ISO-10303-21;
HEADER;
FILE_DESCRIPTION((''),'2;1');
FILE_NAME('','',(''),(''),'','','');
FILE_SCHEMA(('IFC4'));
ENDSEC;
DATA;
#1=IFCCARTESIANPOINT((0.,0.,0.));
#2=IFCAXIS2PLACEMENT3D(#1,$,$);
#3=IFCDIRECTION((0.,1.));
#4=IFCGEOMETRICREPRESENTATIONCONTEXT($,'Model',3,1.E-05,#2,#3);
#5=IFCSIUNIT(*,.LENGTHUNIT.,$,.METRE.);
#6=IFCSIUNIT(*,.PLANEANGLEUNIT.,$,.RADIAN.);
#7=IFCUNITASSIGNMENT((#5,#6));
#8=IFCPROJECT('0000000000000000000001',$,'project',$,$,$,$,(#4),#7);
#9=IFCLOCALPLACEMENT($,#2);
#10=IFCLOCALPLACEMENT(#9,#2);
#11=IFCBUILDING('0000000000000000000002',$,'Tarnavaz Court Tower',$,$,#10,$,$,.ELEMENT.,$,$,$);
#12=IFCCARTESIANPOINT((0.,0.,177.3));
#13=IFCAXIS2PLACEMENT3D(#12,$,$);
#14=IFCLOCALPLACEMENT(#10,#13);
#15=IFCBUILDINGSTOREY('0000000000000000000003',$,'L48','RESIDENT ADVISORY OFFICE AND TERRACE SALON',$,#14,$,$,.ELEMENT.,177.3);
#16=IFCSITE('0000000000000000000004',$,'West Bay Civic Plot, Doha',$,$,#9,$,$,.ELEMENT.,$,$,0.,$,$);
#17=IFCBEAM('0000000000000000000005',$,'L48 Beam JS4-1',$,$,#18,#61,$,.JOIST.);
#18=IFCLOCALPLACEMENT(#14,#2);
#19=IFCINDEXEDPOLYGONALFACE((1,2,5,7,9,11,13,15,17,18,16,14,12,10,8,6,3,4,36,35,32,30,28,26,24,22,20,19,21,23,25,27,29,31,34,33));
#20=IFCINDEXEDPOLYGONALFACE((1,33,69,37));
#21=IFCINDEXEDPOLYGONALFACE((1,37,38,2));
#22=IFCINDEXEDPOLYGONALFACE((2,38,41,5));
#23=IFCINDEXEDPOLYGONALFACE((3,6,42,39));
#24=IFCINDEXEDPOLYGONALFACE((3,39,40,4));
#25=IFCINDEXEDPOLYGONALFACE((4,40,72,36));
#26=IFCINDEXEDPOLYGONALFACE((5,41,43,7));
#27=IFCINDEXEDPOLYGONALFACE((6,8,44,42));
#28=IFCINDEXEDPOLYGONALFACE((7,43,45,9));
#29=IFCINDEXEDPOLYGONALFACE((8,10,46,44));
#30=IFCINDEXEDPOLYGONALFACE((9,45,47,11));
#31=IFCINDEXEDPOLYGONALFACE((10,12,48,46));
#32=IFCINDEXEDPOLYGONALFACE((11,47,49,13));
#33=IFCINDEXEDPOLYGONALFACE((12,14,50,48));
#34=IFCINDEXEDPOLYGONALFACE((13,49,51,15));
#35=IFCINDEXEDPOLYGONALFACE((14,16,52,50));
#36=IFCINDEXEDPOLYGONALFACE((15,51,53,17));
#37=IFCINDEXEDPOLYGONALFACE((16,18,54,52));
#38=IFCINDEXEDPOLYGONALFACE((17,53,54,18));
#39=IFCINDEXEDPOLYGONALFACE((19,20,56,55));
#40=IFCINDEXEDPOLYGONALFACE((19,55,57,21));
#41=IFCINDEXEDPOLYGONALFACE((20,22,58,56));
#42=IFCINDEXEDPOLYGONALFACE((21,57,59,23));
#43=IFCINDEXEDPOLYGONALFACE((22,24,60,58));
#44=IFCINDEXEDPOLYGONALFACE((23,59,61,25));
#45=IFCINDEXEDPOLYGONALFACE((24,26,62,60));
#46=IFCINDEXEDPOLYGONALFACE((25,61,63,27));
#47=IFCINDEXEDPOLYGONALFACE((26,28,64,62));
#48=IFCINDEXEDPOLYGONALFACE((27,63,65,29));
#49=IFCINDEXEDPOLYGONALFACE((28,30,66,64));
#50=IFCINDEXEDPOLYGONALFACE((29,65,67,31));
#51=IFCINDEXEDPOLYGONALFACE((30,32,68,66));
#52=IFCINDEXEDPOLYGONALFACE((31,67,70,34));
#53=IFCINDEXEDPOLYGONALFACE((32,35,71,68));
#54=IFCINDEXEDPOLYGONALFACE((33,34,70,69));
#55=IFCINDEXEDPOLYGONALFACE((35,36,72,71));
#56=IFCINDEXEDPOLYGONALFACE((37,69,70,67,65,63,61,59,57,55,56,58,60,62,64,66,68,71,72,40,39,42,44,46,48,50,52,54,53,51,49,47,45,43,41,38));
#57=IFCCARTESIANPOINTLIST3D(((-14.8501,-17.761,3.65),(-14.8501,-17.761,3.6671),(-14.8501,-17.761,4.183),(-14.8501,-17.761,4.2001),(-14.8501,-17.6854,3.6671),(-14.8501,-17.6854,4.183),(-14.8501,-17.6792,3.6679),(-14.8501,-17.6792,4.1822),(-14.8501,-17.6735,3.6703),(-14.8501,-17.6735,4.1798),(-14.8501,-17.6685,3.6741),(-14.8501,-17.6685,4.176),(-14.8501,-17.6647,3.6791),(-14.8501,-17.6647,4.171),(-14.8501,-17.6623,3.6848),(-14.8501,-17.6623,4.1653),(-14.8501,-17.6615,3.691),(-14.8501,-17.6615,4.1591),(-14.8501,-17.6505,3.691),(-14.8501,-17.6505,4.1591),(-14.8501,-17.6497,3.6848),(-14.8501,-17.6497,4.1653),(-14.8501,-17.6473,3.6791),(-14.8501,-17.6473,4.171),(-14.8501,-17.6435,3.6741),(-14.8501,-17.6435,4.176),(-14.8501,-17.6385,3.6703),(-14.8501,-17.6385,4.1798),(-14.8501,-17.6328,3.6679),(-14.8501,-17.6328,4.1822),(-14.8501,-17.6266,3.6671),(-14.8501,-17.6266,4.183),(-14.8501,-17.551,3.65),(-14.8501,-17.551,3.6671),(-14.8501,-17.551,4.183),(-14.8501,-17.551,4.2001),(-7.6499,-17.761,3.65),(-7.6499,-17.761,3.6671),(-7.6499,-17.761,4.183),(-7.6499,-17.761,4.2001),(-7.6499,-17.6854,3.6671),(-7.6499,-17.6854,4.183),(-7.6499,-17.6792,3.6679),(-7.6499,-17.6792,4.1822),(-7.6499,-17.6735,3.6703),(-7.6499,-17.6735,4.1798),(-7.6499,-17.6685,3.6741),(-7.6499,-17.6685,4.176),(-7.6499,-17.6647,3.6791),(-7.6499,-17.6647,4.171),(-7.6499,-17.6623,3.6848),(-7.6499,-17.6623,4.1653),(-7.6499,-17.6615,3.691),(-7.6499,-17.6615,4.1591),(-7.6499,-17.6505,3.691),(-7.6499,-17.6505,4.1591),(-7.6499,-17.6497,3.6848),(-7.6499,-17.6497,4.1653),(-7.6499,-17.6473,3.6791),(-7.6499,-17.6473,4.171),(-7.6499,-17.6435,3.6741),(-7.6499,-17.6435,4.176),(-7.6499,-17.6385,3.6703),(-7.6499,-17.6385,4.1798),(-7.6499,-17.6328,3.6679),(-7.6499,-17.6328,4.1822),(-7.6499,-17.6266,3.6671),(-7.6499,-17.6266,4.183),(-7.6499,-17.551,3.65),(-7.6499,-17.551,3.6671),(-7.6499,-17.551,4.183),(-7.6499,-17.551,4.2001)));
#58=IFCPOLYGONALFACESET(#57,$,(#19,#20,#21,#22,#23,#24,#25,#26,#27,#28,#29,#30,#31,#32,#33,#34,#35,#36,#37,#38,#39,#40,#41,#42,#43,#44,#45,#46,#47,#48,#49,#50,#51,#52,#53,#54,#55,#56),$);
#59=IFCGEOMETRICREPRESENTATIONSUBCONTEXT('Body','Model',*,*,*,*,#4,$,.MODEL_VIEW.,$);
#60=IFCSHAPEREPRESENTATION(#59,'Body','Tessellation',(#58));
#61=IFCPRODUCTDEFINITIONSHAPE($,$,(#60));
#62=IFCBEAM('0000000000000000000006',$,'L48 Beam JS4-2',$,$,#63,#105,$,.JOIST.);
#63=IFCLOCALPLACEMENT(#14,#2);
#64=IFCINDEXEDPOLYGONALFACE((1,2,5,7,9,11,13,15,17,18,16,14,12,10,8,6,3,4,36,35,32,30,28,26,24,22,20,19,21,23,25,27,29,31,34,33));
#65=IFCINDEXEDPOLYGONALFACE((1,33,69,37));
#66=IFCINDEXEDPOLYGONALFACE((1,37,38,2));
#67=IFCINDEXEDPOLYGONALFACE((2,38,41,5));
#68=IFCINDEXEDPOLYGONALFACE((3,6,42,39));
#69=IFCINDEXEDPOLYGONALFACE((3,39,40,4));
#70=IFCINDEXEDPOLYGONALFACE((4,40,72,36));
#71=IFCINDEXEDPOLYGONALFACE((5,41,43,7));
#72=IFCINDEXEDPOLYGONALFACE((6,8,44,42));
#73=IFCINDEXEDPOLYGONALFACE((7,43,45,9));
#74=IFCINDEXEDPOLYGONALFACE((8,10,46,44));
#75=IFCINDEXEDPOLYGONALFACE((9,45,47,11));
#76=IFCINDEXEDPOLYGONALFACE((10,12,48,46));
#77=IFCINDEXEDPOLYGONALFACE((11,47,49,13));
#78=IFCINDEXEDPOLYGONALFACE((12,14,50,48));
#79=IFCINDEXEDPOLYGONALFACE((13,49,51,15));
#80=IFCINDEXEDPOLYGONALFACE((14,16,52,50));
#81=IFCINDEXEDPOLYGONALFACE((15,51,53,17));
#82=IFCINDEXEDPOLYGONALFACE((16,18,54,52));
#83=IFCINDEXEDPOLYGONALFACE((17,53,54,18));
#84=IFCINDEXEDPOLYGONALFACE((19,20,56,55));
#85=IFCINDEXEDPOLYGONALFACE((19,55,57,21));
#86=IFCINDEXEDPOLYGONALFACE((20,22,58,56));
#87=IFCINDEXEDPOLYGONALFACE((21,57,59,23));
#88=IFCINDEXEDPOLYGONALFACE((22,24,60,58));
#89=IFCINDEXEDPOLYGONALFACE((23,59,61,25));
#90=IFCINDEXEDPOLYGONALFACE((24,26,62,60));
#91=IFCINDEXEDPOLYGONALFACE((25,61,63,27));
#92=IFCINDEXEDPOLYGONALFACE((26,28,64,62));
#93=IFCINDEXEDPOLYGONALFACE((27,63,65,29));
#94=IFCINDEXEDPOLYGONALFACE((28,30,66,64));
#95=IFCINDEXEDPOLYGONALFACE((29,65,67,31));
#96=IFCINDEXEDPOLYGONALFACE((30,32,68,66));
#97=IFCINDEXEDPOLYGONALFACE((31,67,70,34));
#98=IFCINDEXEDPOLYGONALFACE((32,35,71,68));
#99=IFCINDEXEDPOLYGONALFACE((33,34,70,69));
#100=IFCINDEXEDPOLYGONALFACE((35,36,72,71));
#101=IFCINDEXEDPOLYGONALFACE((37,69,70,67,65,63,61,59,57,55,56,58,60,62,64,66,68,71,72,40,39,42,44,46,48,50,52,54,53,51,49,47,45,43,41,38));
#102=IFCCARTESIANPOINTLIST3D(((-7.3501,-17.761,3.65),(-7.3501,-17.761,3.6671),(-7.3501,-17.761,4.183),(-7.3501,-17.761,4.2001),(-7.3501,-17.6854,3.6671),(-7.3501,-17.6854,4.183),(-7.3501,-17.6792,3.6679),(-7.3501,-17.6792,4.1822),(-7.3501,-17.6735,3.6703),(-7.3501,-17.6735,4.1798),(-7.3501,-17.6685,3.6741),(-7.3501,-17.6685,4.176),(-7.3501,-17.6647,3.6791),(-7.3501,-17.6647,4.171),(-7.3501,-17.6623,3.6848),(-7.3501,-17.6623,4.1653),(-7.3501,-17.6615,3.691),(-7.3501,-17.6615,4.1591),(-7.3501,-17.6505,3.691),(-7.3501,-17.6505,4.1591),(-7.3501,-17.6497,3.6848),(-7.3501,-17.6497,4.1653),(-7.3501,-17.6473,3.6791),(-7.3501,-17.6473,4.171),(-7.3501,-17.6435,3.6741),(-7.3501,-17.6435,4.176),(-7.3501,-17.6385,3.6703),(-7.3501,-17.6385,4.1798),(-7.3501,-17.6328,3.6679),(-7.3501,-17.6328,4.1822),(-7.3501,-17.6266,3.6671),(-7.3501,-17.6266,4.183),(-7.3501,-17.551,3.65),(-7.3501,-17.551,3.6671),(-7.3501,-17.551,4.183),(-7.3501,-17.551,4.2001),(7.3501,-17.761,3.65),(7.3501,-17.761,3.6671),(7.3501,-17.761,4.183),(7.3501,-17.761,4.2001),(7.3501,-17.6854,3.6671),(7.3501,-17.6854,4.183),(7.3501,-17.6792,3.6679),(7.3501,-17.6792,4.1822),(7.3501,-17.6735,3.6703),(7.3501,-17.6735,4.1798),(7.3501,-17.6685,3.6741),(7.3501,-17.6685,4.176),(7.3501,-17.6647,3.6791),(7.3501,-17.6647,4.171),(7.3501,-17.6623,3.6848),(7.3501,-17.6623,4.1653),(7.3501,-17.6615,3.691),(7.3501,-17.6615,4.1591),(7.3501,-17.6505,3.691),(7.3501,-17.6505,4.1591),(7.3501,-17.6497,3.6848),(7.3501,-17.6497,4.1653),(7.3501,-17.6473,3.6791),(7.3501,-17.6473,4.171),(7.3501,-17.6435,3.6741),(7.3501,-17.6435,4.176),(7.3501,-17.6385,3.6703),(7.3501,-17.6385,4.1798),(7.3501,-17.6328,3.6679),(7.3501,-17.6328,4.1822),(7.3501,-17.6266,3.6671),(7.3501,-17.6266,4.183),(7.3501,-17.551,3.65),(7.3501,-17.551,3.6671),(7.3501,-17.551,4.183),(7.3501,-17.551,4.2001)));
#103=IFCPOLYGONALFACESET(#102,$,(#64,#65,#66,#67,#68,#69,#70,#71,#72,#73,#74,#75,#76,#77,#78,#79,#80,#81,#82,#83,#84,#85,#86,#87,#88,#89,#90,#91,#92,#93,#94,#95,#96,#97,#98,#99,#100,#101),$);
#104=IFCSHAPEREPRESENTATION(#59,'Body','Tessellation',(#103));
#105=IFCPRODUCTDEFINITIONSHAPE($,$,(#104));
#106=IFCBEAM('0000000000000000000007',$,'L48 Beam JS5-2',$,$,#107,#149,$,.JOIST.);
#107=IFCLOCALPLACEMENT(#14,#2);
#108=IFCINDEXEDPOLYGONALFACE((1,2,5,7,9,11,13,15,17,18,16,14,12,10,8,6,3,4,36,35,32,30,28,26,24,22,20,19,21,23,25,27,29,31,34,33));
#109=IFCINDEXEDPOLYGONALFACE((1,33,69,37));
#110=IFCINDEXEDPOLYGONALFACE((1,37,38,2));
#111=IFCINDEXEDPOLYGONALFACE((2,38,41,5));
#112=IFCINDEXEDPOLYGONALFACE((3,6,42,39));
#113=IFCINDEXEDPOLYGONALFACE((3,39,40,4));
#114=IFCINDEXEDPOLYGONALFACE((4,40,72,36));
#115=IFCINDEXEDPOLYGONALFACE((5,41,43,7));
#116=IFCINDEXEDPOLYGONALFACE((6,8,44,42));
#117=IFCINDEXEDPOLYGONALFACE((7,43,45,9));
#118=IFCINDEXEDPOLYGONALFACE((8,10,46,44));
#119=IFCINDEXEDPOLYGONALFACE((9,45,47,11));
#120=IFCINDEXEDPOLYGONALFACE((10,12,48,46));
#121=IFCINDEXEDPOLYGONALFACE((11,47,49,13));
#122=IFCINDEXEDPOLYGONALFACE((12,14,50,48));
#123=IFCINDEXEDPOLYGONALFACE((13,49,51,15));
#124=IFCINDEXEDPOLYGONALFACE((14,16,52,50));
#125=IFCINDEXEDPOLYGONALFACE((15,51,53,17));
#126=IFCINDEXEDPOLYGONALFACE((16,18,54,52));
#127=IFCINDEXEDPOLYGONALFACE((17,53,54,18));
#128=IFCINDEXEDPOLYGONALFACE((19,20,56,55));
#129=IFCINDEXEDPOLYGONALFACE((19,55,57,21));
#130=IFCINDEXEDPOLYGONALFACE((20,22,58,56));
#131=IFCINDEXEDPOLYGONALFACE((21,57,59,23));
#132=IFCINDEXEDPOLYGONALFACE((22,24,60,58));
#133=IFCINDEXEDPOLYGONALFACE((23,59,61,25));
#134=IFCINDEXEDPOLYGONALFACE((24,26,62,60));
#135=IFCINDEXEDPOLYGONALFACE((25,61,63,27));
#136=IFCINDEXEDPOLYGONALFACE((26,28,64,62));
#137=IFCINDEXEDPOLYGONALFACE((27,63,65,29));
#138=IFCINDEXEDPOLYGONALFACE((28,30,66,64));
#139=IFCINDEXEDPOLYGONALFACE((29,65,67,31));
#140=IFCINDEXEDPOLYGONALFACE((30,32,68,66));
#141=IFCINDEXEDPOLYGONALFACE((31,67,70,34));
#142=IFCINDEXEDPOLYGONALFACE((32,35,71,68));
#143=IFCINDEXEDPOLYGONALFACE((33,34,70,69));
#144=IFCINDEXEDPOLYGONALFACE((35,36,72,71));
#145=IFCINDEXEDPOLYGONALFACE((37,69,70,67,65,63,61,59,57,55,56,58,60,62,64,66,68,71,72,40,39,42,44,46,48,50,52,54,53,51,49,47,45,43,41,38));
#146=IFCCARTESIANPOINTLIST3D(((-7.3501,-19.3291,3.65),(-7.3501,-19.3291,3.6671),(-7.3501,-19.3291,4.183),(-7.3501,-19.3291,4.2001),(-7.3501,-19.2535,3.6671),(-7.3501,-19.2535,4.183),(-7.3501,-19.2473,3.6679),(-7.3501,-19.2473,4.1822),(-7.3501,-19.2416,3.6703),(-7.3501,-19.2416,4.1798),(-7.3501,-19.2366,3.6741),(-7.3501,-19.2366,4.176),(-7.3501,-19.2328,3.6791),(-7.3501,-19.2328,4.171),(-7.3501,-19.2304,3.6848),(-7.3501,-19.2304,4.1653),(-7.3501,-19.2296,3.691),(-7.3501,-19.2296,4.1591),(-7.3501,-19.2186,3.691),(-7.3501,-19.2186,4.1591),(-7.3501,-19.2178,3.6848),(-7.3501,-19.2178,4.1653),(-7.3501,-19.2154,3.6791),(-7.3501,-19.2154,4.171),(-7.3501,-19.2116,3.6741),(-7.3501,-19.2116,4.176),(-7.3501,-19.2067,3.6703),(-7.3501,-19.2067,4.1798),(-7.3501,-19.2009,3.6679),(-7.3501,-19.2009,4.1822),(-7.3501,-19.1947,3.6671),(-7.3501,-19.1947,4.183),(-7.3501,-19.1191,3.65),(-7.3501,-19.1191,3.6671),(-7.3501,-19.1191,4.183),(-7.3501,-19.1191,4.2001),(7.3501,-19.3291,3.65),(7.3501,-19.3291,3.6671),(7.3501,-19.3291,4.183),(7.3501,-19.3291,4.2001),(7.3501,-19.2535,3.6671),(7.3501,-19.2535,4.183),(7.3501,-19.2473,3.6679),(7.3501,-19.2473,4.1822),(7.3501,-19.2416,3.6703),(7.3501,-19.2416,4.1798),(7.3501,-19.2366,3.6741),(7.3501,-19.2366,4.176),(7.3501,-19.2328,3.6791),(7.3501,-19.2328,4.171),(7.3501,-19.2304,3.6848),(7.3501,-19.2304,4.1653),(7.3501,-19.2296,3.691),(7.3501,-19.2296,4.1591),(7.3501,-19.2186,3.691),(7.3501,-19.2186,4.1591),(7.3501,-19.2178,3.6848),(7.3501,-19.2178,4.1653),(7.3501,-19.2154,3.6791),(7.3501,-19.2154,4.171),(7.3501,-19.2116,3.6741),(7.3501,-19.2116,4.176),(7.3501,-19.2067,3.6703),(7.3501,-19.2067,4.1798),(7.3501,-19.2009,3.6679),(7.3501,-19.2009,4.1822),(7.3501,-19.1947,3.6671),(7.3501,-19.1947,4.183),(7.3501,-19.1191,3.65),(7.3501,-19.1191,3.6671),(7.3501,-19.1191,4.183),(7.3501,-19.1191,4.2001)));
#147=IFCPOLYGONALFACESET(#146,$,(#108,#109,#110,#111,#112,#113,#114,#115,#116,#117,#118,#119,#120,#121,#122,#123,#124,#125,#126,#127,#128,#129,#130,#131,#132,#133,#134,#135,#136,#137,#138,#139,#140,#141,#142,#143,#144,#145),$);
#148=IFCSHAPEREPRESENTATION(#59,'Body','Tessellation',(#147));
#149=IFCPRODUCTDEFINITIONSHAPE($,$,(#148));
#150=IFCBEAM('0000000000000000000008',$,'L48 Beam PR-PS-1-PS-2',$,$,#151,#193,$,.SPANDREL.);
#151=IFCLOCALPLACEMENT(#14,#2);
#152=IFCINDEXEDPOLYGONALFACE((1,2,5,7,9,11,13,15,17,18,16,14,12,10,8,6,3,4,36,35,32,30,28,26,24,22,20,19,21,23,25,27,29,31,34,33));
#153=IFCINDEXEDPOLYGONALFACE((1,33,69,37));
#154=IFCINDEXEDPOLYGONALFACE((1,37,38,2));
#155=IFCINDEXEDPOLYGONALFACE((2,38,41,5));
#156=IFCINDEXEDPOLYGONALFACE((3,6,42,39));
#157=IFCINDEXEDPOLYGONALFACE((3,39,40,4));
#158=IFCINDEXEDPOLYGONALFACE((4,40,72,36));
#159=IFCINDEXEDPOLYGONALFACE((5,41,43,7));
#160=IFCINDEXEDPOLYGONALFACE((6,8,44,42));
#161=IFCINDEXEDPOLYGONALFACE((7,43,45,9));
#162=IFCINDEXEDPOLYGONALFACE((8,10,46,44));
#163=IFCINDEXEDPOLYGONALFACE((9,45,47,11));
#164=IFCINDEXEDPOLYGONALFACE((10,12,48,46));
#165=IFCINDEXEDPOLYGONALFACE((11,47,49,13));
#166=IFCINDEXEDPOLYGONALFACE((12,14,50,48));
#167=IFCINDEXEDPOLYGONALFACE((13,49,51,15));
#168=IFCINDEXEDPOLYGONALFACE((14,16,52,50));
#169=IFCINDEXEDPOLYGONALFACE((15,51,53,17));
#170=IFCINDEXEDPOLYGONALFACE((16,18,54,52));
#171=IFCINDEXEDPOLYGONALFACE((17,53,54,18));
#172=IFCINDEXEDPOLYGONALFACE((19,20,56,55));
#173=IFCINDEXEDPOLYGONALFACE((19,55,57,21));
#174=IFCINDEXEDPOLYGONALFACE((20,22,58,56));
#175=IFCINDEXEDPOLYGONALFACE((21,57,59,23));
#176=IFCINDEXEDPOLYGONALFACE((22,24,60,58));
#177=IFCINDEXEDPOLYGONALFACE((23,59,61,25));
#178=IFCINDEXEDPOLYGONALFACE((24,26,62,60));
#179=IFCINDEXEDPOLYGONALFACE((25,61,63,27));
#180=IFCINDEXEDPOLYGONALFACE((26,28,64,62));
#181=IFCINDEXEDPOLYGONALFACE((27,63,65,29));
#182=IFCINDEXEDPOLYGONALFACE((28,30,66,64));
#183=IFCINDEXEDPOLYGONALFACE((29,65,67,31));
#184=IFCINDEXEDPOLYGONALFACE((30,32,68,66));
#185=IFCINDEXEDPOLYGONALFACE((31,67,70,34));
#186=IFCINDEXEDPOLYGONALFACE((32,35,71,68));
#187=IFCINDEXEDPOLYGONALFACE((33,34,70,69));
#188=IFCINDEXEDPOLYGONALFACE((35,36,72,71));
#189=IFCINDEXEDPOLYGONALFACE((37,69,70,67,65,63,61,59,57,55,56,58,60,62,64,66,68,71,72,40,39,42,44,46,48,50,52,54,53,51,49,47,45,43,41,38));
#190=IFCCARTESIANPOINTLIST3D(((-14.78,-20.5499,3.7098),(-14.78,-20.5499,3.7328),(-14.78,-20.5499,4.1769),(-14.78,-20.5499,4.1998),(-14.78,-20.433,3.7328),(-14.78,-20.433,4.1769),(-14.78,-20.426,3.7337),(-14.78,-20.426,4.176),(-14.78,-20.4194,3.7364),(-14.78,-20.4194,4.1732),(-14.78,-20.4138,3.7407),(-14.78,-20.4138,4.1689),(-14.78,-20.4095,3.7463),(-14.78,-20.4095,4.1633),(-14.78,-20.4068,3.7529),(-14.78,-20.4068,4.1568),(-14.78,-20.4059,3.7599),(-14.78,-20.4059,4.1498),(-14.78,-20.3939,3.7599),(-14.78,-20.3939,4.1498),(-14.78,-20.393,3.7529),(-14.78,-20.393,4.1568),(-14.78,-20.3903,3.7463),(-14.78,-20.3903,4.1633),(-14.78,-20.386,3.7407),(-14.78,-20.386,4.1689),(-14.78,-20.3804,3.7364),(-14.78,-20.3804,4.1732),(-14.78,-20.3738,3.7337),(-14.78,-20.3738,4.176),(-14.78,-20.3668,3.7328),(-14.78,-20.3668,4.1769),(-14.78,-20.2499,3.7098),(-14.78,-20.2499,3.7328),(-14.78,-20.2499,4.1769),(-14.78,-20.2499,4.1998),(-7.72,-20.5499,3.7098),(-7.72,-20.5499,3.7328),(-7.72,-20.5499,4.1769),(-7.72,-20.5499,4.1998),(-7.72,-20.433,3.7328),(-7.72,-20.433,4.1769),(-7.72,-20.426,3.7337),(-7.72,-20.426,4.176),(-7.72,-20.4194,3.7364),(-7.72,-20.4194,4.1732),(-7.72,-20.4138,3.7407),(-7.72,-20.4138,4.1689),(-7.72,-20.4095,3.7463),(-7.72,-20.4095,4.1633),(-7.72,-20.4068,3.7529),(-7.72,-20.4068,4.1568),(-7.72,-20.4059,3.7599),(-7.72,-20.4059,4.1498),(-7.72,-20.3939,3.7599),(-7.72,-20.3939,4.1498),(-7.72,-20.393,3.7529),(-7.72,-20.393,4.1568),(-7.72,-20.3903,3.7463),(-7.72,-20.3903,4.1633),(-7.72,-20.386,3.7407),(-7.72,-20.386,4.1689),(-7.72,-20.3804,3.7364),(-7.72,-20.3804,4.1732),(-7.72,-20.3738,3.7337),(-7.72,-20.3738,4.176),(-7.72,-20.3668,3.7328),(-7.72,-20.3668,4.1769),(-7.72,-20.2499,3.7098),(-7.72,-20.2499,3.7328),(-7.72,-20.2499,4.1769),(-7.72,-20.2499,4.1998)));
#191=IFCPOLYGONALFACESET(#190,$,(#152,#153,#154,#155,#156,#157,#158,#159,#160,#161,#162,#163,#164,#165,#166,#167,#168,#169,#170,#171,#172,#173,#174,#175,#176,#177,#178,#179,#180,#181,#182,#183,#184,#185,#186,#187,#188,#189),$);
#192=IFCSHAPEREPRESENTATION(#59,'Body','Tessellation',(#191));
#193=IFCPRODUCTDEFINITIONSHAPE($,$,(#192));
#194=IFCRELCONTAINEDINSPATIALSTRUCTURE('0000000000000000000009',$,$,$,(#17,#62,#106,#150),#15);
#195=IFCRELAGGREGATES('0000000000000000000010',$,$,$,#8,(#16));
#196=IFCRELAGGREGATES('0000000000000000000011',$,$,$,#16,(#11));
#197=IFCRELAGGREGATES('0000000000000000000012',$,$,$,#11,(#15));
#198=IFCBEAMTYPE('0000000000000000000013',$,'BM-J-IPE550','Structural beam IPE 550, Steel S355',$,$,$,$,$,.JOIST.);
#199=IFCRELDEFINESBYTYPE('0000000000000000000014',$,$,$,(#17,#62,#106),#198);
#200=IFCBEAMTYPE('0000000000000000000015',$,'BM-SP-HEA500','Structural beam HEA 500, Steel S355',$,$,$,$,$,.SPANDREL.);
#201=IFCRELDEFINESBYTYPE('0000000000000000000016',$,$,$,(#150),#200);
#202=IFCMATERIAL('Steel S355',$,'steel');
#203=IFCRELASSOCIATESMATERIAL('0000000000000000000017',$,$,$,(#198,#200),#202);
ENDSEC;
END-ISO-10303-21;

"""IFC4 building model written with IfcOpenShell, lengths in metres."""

from ifc_helpers import new_model, si_unit, direction, frame, origin, origin_2d, place, context, subcontext, project, spatial, i_section, extrude, material, material_profile, profile_set, type_object, element, save


model = new_model("IFC4")

# Units and contexts
model_context = context("Model", 3, precision=1e-05, world=origin(), true_north=direction((0.0, 1.0)))
body_context = subcontext(model_context, "Body", "Model", "MODEL_VIEW")
ifc_project = project(units=[si_unit("LENGTHUNIT", "METRE"), si_unit("PLANEANGLEUNIT", "RADIAN")], contexts=[model_context])

# Site, building, storey
site_placement = place(None, origin())
site = spatial("IfcSite", under=ifc_project, at=site_placement, Name="West Bay Civic Plot, Doha", CompositionType="ELEMENT", RefElevation=0.0)
building_placement = place(site_placement, origin())
building = spatial("IfcBuilding", under=site, at=building_placement, Name="Tarnavaz Court Tower", CompositionType="ELEMENT")
storey_placement = place(building_placement, frame((0.0, 0.0, 177.3)))
storey = spatial("IfcBuildingStorey", under=building, at=storey_placement, Name="L48", Description="RESIDENT ADVISORY OFFICE AND TERRACE SALON", CompositionType="ELEMENT", Elevation=177.3)

# Beams
ifc_material_1 = material(Name="Steel S355", Category="steel")
ifc_material_profile_1 = material_profile(ifc_material_1, i_section(OverallWidth=0.21, OverallDepth=0.55, WebThickness=0.011, FlangeThickness=0.0171, FilletRadius=0.0239, at=origin_2d()), Name="IPE 550")
ifc_profile_set_1 = profile_set([ifc_material_profile_1], Name="Steel S355")
beam_type_1 = type_object("IfcBeamType", Name="BM-J-IPE550", Description="Structural beam IPE 550, Steel S355", PredefinedType="JOIST", material=ifc_profile_set_1)
beam_1_placement = place(storey_placement, frame((-14.8501, -17.656, 3.925), z_axis=(1.0, 0.0, 0.0), x_axis=(0.0, 1.0, 0.0)))
element("IfcBeam", 1, at=beam_1_placement, inside=storey, type_object=beam_type_1, Name="L48 Beam JS4-1", PredefinedType="JOIST", context=body_context, shape_type="SweptSolid", body=[
    extrude(i_section(OverallWidth=0.21, OverallDepth=0.55, WebThickness=0.011, FlangeThickness=0.0171, FilletRadius=0.0239, at=origin_2d()), origin(), (0.0, 0.0, 1.0), 7.2002),
])
for number, where, z_axis, x_axis, name in (
    (2, (-7.3501, -17.656, 3.925), (1.0, 0.0, 0.0), (0.0, 1.0, 0.0), "L48 Beam JS4-2"),
    (3, (-7.3501, -19.2241, 3.925), (1.0, 0.0, 0.0), (0.0, 1.0, 0.0), "L48 Beam JS5-2"),
):
    element("IfcBeam", number, at=place(storey_placement, frame(where, z_axis=z_axis, x_axis=x_axis)), inside=storey, type_object=beam_type_1, Name=name, PredefinedType="JOIST", context=body_context, shape_type="SweptSolid", body=[
        extrude(i_section(OverallWidth=0.21, OverallDepth=0.55, WebThickness=0.011, FlangeThickness=0.0171, FilletRadius=0.0239, at=origin_2d()), origin(), (0.0, 0.0, 1.0), 14.7002),
    ])
ifc_material_profile_2 = material_profile(ifc_material_1, i_section(OverallWidth=0.3, OverallDepth=0.49, WebThickness=0.012, FlangeThickness=0.0229, FilletRadius=0.0271, at=origin_2d()), Name="HEA 500")
ifc_profile_set_2 = profile_set([ifc_material_profile_2], Name="Steel S355")
beam_type_2 = type_object("IfcBeamType", Name="BM-SP-HEA500", Description="Structural beam HEA 500, Steel S355", PredefinedType="SPANDREL", material=ifc_profile_set_2)
beam_2_placement = place(storey_placement, frame((-14.78, -20.3999, 3.9548), z_axis=(1.0, 0.0, 0.0), x_axis=(0.0, 1.0, 0.0)))
element("IfcBeam", 4, at=beam_2_placement, inside=storey, type_object=beam_type_2, Name="L48 Beam PR-PS-1-PS-2", PredefinedType="SPANDREL", context=body_context, shape_type="SweptSolid", body=[
    extrude(i_section(OverallWidth=0.3, OverallDepth=0.49, WebThickness=0.012, FlangeThickness=0.0229, FilletRadius=0.0271, at=origin_2d()), origin(), (0.0, 0.0, 1.0), 7.0601),
])

save(model, "model.ifc")
